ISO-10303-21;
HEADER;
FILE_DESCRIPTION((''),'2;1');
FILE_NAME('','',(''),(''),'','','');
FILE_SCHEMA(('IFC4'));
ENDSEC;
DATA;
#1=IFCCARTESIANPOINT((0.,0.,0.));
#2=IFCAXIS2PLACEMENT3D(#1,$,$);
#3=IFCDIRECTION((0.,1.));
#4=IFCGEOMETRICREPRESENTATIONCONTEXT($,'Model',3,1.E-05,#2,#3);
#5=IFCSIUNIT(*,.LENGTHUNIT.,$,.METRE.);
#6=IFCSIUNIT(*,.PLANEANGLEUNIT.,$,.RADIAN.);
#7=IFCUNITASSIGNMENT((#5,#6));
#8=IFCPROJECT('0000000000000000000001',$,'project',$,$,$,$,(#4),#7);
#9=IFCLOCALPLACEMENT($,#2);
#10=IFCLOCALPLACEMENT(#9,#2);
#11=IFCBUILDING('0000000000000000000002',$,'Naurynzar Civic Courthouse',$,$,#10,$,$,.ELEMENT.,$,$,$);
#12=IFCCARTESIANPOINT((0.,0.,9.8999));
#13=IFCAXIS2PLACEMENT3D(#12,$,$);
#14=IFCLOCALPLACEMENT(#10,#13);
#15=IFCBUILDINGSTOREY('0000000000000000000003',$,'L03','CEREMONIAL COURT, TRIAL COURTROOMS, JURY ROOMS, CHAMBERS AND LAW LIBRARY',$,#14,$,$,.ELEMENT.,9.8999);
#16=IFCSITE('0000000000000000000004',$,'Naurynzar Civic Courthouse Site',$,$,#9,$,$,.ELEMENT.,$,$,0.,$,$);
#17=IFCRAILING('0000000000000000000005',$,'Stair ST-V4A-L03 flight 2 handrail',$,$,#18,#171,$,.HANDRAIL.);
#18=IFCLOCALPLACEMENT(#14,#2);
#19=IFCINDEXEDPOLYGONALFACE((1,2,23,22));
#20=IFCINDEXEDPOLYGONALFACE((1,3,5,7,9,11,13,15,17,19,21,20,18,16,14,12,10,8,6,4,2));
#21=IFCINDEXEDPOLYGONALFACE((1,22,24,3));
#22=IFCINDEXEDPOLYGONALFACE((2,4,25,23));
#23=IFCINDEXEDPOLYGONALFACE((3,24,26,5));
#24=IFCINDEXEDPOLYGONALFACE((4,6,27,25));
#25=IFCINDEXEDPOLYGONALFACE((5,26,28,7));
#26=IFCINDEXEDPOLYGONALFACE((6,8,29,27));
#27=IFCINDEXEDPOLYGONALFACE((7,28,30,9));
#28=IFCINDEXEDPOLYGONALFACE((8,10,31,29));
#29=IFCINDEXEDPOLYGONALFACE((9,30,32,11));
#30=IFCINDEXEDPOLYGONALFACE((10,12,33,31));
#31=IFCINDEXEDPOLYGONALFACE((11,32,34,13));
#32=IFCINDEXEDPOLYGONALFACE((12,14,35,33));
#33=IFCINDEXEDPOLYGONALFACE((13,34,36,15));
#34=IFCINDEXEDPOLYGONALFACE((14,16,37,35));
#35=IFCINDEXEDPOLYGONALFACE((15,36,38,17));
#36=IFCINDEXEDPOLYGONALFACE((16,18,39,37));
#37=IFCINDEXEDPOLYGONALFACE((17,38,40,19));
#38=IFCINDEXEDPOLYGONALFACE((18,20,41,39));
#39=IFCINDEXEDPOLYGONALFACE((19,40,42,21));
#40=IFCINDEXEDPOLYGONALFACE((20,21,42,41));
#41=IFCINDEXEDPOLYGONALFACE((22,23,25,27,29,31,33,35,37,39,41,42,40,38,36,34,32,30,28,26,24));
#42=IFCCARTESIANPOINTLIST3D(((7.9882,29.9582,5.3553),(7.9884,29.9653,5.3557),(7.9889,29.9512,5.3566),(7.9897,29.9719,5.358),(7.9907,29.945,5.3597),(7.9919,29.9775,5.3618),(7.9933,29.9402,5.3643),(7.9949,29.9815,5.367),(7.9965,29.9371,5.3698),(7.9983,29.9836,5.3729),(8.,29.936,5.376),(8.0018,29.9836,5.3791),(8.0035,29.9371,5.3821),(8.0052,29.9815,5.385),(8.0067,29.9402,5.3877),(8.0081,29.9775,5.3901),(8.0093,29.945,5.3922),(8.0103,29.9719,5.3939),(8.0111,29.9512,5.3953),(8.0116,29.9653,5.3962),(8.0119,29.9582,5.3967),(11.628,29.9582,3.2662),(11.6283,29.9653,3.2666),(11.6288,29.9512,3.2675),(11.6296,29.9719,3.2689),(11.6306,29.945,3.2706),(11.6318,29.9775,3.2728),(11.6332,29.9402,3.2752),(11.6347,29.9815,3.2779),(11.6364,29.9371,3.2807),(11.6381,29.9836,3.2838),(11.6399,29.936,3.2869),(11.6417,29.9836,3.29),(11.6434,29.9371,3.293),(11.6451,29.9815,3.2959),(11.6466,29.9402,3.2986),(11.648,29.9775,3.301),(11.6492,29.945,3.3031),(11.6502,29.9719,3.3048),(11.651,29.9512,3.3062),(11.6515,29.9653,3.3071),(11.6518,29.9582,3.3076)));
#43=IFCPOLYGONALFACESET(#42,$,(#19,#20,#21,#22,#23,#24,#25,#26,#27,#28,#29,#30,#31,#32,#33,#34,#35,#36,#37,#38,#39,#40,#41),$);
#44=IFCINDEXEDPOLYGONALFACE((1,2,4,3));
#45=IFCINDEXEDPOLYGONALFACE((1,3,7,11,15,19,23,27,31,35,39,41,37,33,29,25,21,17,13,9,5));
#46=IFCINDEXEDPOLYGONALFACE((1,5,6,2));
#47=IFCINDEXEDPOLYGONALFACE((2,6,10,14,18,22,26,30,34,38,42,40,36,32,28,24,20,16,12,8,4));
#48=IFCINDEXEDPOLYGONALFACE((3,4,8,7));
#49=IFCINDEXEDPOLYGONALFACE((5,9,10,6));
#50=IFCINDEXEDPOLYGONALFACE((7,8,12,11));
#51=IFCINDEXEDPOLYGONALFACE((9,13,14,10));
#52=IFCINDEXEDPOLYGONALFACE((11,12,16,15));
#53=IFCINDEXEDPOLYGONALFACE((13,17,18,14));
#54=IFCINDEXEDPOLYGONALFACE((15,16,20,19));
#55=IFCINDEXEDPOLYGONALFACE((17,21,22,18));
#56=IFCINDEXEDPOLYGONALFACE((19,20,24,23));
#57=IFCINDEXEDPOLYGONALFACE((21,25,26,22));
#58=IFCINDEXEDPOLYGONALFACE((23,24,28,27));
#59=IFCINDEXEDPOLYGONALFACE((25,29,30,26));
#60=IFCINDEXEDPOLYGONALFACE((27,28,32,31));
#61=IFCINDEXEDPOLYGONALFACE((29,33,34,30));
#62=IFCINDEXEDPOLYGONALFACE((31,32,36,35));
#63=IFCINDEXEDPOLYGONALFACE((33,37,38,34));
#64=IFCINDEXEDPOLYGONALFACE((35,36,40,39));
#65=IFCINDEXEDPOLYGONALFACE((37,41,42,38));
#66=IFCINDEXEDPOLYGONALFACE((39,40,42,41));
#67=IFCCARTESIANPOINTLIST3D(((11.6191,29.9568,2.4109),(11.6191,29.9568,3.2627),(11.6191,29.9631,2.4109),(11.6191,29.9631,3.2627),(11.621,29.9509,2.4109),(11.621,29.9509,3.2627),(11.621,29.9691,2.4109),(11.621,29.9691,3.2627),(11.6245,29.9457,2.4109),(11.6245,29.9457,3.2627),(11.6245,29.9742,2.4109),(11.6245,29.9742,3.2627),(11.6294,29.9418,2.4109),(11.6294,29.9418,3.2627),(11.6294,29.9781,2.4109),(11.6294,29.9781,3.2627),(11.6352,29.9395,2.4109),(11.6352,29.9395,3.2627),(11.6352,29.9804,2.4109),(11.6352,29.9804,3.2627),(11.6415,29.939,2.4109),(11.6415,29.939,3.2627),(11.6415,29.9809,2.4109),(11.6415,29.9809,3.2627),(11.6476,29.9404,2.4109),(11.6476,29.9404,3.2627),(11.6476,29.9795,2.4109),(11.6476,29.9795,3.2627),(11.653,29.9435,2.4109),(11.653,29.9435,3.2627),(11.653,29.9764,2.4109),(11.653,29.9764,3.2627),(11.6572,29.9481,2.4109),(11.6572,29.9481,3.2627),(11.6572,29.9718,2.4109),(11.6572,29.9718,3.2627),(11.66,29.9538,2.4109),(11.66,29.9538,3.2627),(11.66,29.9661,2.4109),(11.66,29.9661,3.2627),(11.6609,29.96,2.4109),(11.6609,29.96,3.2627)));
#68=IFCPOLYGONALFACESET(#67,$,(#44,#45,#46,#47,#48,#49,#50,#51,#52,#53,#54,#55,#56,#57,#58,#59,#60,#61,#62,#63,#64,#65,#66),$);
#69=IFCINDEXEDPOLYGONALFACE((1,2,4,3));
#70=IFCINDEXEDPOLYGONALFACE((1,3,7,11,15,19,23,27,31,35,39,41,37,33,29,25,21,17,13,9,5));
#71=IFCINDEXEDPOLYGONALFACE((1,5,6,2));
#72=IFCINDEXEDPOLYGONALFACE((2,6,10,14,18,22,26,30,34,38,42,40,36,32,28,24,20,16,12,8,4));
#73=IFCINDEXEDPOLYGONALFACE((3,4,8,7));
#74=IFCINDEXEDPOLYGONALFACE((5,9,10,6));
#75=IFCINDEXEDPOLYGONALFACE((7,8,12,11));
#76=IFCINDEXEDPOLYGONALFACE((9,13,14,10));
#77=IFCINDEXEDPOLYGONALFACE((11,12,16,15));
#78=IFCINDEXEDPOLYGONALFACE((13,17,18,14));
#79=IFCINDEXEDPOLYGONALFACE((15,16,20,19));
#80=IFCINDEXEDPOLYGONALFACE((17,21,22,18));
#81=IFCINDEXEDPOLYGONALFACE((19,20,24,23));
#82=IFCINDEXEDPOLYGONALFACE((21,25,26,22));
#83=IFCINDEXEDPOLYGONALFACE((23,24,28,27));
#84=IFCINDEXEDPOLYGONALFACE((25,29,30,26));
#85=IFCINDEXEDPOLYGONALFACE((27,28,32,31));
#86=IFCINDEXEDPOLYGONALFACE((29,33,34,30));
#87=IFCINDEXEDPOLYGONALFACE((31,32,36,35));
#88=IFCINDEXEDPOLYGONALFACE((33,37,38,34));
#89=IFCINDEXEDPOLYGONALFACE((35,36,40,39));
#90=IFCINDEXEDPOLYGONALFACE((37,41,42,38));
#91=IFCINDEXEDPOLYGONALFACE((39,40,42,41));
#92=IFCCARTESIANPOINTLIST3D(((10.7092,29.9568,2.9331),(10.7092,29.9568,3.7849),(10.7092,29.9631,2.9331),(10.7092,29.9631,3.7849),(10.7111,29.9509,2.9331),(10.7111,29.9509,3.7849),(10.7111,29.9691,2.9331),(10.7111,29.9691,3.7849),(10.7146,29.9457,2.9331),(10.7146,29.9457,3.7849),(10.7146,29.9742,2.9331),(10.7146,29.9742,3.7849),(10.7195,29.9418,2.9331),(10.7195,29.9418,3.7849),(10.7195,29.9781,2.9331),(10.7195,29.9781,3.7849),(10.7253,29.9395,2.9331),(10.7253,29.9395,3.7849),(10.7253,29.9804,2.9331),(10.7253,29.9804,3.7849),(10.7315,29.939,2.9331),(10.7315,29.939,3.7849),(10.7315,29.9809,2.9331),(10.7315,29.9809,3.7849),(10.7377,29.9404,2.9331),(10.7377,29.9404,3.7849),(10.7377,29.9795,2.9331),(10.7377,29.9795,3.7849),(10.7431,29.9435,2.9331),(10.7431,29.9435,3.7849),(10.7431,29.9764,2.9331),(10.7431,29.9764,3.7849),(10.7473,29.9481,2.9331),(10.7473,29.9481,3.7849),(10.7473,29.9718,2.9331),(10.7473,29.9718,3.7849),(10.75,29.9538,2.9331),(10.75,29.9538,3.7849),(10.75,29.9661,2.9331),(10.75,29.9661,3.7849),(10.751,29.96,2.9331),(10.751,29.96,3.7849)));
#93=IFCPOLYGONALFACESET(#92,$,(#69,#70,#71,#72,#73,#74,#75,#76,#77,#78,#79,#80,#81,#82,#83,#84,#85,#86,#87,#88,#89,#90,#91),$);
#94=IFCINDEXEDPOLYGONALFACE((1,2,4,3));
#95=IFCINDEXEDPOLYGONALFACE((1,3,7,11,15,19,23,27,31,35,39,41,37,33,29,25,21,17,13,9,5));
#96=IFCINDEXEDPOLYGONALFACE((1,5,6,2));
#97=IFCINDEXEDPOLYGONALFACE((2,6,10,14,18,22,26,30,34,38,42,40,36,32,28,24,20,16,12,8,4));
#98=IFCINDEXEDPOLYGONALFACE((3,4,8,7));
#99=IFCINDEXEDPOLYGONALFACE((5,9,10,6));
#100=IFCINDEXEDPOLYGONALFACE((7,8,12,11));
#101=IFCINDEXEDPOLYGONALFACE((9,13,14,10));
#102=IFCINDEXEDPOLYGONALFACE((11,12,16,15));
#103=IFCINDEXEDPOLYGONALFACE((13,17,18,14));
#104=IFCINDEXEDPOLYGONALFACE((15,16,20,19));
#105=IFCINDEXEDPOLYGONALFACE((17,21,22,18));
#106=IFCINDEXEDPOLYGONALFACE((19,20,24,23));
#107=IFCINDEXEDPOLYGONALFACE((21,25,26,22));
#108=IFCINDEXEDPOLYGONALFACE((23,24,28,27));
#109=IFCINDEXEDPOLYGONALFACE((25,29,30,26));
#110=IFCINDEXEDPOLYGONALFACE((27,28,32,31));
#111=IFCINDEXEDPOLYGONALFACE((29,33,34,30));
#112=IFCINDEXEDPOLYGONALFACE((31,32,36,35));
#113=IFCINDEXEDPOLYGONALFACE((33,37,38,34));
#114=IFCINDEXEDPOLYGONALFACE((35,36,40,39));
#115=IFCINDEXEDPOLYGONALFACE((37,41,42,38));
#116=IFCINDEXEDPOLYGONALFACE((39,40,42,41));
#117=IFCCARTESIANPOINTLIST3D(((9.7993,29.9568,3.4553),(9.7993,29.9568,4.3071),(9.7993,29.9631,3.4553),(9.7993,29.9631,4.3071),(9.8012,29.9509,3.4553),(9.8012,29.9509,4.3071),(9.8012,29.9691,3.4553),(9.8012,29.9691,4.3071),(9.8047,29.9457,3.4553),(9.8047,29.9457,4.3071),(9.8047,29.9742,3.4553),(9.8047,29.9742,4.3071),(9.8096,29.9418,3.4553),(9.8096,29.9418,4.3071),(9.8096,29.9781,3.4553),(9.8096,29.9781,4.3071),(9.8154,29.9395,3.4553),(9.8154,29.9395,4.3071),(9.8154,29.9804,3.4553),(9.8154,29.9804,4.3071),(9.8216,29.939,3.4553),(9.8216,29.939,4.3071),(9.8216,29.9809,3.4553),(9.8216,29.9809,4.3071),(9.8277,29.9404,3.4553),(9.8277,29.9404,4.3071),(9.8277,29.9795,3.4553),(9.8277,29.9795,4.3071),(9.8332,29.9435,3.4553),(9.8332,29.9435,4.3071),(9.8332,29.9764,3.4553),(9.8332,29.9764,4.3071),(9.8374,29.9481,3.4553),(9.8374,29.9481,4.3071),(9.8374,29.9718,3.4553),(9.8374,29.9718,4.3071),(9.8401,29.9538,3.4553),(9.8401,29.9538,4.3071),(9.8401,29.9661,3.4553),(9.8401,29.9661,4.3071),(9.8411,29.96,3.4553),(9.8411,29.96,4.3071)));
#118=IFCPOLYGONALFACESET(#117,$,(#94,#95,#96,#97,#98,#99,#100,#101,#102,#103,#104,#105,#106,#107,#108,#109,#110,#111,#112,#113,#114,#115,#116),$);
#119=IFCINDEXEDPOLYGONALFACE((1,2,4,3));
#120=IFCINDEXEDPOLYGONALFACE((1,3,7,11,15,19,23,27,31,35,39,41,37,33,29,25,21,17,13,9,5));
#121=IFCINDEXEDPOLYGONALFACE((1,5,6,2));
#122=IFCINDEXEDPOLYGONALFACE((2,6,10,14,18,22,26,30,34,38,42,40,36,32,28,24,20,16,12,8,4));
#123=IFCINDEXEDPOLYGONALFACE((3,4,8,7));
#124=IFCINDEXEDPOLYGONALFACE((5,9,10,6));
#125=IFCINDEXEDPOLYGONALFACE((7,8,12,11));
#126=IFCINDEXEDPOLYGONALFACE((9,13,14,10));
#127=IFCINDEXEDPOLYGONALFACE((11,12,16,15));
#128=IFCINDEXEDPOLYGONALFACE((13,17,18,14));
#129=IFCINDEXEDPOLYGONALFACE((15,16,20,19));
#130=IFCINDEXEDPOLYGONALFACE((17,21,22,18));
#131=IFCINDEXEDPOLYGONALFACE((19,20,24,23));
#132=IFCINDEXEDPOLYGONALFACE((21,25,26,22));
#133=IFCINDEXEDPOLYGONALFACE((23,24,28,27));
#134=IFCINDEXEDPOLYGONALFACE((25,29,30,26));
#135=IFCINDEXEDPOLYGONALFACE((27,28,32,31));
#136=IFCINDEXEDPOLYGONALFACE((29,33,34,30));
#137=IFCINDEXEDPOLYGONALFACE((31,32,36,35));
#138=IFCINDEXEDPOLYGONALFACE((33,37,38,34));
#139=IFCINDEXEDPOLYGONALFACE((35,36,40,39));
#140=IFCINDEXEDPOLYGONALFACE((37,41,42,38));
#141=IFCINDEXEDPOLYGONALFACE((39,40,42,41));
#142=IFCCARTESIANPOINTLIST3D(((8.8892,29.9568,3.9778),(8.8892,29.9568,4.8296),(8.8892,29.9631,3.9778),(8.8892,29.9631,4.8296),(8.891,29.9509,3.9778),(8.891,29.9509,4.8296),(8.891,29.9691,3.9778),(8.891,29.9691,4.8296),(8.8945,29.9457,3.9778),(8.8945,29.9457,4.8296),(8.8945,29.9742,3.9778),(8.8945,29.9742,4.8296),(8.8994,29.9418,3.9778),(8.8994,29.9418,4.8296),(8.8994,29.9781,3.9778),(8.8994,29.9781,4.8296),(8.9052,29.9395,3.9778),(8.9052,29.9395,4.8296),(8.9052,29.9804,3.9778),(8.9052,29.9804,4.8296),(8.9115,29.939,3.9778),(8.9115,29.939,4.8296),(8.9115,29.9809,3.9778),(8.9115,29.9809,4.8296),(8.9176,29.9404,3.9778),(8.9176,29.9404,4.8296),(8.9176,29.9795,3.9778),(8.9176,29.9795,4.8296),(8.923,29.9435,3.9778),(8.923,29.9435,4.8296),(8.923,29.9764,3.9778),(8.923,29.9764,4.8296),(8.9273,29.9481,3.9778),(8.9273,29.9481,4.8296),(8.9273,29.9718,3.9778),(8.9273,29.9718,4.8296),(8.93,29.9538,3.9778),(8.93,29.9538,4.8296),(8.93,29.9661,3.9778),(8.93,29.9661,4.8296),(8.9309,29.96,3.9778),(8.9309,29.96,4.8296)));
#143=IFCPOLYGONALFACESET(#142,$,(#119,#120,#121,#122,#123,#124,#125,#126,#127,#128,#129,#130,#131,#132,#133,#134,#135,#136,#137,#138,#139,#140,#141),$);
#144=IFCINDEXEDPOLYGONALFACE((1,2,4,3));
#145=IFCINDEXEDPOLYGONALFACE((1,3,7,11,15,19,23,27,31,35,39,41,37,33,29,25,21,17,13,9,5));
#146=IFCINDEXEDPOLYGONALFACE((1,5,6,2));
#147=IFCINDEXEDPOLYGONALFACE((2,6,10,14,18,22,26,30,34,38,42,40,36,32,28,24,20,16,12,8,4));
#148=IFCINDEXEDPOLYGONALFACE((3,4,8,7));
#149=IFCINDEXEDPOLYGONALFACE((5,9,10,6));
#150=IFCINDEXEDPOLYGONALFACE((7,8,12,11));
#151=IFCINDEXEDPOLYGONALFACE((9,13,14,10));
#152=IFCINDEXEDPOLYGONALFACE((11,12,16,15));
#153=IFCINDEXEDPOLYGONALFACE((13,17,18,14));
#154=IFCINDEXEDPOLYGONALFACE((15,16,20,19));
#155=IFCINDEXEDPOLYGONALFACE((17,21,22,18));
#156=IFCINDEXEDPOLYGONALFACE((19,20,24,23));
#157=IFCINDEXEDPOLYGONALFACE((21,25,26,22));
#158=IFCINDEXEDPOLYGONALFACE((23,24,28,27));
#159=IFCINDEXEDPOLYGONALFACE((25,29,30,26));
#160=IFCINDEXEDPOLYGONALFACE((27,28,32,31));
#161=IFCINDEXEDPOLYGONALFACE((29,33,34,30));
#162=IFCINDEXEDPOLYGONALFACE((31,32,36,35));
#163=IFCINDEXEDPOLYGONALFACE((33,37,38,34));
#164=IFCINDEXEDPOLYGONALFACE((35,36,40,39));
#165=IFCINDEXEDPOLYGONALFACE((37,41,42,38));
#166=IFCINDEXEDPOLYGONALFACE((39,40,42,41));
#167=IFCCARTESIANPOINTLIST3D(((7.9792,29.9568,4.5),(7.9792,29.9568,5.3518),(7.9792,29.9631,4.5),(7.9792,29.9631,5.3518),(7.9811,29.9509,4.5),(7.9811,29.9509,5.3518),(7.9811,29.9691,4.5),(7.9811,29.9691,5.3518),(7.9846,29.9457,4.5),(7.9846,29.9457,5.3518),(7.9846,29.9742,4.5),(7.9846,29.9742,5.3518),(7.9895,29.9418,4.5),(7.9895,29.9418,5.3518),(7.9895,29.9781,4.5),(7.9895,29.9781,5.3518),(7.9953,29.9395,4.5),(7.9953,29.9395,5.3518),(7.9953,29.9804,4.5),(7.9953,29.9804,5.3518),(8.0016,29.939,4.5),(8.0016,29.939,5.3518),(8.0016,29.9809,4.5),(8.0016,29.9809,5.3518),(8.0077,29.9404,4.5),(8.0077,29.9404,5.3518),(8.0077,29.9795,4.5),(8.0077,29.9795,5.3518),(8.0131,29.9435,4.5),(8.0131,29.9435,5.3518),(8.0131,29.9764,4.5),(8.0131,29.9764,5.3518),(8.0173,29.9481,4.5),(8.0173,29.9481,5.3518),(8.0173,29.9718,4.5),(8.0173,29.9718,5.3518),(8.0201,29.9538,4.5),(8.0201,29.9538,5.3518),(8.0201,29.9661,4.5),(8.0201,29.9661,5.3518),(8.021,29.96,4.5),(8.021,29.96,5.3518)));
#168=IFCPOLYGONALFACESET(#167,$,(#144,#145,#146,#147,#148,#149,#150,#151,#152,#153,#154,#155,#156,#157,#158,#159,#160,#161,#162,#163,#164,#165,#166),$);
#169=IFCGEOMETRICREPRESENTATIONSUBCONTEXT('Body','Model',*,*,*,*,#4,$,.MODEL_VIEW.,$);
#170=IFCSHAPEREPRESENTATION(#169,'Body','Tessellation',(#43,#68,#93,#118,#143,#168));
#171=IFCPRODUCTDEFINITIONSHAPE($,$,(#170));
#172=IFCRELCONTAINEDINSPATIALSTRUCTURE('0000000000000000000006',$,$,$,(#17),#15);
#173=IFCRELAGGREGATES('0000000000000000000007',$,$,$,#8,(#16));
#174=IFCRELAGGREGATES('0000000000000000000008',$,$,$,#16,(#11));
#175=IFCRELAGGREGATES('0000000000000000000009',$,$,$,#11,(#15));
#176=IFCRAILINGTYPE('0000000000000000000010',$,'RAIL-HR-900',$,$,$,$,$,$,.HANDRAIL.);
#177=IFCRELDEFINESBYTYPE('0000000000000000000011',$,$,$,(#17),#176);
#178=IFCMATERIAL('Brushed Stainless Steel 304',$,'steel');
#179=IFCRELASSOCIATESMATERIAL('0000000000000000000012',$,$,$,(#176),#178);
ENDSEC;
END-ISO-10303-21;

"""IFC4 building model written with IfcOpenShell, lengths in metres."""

from ifc_helpers import new_model, si_unit, direction, frame, origin, origin_2d, place, context, subcontext, project, spatial, circle, extrude, material, type_object, element, save


model = new_model("IFC4")

# Units and contexts
model_context = context("Model", 3, precision=1e-05, world=origin(), true_north=direction((0.0, 1.0)))
body_context = subcontext(model_context, "Body", "Model", "MODEL_VIEW")
ifc_project = project(units=[si_unit("LENGTHUNIT", "METRE"), si_unit("PLANEANGLEUNIT", "RADIAN")], contexts=[model_context])

# Site, building, storey
site_placement = place(None, origin())
site = spatial("IfcSite", under=ifc_project, at=site_placement, Name="Naurynzar Civic Courthouse Site", CompositionType="ELEMENT", RefElevation=0.0)
building_placement = place(site_placement, origin())
building = spatial("IfcBuilding", under=site, at=building_placement, Name="Naurynzar Civic Courthouse", CompositionType="ELEMENT")
storey_placement = place(building_placement, frame((0.0, 0.0, 9.8999)))
storey = spatial("IfcBuildingStorey", under=building, at=storey_placement, Name="L03", Description="CEREMONIAL COURT, TRIAL COURTROOMS, JURY ROOMS, CHAMBERS AND LAW LIBRARY", CompositionType="ELEMENT", Elevation=9.8999)

# Railing
ifc_material_1 = material(Name="Brushed Stainless Steel 304", Category="steel")
railing_type_1 = type_object("IfcRailingType", Name="RAIL-HR-900", PredefinedType="HANDRAIL", material=ifc_material_1)
railing_1_placement = place(storey_placement, frame((11.6399, 29.96, 2.4109)))
element("IfcRailing", 1, at=railing_1_placement, inside=storey, type_object=railing_type_1, Name="Stair ST-V4A-L03 flight 2 handrail", PredefinedType="HANDRAIL", context=body_context, shape_type="SweptSolid", body=[
    extrude(circle(Radius=0.0239, at=origin_2d()), frame((0.0, 0.0, 0.876), z_axis=(-0.8673, 0.0, 0.497786), x_axis=(0.0, -1.0, 0.0)), (0.0, 0.0, 1.0), 4.1968),
    extrude(circle(Radius=0.021, at=origin_2d()), origin(), (0.0, 0.0, 1.0), 0.8518),
    extrude(circle(Radius=0.021, at=origin_2d()), frame((-0.9099, 0.0, 0.5222)), (0.0, 0.0, 1.0), 0.8518),
    extrude(circle(Radius=0.021, at=origin_2d()), frame((-1.8198, 0.0, 1.0444)), (0.0, 0.0, 1.0), 0.8518),
    extrude(circle(Radius=0.021, at=origin_2d()), frame((-2.73, 0.0, 1.5669)), (0.0, 0.0, 1.0), 0.8518),
    extrude(circle(Radius=0.021, at=origin_2d()), frame((-3.6399, 0.0, 2.0891)), (0.0, 0.0, 1.0), 0.8518),
])

save(model, "model.ifc")
